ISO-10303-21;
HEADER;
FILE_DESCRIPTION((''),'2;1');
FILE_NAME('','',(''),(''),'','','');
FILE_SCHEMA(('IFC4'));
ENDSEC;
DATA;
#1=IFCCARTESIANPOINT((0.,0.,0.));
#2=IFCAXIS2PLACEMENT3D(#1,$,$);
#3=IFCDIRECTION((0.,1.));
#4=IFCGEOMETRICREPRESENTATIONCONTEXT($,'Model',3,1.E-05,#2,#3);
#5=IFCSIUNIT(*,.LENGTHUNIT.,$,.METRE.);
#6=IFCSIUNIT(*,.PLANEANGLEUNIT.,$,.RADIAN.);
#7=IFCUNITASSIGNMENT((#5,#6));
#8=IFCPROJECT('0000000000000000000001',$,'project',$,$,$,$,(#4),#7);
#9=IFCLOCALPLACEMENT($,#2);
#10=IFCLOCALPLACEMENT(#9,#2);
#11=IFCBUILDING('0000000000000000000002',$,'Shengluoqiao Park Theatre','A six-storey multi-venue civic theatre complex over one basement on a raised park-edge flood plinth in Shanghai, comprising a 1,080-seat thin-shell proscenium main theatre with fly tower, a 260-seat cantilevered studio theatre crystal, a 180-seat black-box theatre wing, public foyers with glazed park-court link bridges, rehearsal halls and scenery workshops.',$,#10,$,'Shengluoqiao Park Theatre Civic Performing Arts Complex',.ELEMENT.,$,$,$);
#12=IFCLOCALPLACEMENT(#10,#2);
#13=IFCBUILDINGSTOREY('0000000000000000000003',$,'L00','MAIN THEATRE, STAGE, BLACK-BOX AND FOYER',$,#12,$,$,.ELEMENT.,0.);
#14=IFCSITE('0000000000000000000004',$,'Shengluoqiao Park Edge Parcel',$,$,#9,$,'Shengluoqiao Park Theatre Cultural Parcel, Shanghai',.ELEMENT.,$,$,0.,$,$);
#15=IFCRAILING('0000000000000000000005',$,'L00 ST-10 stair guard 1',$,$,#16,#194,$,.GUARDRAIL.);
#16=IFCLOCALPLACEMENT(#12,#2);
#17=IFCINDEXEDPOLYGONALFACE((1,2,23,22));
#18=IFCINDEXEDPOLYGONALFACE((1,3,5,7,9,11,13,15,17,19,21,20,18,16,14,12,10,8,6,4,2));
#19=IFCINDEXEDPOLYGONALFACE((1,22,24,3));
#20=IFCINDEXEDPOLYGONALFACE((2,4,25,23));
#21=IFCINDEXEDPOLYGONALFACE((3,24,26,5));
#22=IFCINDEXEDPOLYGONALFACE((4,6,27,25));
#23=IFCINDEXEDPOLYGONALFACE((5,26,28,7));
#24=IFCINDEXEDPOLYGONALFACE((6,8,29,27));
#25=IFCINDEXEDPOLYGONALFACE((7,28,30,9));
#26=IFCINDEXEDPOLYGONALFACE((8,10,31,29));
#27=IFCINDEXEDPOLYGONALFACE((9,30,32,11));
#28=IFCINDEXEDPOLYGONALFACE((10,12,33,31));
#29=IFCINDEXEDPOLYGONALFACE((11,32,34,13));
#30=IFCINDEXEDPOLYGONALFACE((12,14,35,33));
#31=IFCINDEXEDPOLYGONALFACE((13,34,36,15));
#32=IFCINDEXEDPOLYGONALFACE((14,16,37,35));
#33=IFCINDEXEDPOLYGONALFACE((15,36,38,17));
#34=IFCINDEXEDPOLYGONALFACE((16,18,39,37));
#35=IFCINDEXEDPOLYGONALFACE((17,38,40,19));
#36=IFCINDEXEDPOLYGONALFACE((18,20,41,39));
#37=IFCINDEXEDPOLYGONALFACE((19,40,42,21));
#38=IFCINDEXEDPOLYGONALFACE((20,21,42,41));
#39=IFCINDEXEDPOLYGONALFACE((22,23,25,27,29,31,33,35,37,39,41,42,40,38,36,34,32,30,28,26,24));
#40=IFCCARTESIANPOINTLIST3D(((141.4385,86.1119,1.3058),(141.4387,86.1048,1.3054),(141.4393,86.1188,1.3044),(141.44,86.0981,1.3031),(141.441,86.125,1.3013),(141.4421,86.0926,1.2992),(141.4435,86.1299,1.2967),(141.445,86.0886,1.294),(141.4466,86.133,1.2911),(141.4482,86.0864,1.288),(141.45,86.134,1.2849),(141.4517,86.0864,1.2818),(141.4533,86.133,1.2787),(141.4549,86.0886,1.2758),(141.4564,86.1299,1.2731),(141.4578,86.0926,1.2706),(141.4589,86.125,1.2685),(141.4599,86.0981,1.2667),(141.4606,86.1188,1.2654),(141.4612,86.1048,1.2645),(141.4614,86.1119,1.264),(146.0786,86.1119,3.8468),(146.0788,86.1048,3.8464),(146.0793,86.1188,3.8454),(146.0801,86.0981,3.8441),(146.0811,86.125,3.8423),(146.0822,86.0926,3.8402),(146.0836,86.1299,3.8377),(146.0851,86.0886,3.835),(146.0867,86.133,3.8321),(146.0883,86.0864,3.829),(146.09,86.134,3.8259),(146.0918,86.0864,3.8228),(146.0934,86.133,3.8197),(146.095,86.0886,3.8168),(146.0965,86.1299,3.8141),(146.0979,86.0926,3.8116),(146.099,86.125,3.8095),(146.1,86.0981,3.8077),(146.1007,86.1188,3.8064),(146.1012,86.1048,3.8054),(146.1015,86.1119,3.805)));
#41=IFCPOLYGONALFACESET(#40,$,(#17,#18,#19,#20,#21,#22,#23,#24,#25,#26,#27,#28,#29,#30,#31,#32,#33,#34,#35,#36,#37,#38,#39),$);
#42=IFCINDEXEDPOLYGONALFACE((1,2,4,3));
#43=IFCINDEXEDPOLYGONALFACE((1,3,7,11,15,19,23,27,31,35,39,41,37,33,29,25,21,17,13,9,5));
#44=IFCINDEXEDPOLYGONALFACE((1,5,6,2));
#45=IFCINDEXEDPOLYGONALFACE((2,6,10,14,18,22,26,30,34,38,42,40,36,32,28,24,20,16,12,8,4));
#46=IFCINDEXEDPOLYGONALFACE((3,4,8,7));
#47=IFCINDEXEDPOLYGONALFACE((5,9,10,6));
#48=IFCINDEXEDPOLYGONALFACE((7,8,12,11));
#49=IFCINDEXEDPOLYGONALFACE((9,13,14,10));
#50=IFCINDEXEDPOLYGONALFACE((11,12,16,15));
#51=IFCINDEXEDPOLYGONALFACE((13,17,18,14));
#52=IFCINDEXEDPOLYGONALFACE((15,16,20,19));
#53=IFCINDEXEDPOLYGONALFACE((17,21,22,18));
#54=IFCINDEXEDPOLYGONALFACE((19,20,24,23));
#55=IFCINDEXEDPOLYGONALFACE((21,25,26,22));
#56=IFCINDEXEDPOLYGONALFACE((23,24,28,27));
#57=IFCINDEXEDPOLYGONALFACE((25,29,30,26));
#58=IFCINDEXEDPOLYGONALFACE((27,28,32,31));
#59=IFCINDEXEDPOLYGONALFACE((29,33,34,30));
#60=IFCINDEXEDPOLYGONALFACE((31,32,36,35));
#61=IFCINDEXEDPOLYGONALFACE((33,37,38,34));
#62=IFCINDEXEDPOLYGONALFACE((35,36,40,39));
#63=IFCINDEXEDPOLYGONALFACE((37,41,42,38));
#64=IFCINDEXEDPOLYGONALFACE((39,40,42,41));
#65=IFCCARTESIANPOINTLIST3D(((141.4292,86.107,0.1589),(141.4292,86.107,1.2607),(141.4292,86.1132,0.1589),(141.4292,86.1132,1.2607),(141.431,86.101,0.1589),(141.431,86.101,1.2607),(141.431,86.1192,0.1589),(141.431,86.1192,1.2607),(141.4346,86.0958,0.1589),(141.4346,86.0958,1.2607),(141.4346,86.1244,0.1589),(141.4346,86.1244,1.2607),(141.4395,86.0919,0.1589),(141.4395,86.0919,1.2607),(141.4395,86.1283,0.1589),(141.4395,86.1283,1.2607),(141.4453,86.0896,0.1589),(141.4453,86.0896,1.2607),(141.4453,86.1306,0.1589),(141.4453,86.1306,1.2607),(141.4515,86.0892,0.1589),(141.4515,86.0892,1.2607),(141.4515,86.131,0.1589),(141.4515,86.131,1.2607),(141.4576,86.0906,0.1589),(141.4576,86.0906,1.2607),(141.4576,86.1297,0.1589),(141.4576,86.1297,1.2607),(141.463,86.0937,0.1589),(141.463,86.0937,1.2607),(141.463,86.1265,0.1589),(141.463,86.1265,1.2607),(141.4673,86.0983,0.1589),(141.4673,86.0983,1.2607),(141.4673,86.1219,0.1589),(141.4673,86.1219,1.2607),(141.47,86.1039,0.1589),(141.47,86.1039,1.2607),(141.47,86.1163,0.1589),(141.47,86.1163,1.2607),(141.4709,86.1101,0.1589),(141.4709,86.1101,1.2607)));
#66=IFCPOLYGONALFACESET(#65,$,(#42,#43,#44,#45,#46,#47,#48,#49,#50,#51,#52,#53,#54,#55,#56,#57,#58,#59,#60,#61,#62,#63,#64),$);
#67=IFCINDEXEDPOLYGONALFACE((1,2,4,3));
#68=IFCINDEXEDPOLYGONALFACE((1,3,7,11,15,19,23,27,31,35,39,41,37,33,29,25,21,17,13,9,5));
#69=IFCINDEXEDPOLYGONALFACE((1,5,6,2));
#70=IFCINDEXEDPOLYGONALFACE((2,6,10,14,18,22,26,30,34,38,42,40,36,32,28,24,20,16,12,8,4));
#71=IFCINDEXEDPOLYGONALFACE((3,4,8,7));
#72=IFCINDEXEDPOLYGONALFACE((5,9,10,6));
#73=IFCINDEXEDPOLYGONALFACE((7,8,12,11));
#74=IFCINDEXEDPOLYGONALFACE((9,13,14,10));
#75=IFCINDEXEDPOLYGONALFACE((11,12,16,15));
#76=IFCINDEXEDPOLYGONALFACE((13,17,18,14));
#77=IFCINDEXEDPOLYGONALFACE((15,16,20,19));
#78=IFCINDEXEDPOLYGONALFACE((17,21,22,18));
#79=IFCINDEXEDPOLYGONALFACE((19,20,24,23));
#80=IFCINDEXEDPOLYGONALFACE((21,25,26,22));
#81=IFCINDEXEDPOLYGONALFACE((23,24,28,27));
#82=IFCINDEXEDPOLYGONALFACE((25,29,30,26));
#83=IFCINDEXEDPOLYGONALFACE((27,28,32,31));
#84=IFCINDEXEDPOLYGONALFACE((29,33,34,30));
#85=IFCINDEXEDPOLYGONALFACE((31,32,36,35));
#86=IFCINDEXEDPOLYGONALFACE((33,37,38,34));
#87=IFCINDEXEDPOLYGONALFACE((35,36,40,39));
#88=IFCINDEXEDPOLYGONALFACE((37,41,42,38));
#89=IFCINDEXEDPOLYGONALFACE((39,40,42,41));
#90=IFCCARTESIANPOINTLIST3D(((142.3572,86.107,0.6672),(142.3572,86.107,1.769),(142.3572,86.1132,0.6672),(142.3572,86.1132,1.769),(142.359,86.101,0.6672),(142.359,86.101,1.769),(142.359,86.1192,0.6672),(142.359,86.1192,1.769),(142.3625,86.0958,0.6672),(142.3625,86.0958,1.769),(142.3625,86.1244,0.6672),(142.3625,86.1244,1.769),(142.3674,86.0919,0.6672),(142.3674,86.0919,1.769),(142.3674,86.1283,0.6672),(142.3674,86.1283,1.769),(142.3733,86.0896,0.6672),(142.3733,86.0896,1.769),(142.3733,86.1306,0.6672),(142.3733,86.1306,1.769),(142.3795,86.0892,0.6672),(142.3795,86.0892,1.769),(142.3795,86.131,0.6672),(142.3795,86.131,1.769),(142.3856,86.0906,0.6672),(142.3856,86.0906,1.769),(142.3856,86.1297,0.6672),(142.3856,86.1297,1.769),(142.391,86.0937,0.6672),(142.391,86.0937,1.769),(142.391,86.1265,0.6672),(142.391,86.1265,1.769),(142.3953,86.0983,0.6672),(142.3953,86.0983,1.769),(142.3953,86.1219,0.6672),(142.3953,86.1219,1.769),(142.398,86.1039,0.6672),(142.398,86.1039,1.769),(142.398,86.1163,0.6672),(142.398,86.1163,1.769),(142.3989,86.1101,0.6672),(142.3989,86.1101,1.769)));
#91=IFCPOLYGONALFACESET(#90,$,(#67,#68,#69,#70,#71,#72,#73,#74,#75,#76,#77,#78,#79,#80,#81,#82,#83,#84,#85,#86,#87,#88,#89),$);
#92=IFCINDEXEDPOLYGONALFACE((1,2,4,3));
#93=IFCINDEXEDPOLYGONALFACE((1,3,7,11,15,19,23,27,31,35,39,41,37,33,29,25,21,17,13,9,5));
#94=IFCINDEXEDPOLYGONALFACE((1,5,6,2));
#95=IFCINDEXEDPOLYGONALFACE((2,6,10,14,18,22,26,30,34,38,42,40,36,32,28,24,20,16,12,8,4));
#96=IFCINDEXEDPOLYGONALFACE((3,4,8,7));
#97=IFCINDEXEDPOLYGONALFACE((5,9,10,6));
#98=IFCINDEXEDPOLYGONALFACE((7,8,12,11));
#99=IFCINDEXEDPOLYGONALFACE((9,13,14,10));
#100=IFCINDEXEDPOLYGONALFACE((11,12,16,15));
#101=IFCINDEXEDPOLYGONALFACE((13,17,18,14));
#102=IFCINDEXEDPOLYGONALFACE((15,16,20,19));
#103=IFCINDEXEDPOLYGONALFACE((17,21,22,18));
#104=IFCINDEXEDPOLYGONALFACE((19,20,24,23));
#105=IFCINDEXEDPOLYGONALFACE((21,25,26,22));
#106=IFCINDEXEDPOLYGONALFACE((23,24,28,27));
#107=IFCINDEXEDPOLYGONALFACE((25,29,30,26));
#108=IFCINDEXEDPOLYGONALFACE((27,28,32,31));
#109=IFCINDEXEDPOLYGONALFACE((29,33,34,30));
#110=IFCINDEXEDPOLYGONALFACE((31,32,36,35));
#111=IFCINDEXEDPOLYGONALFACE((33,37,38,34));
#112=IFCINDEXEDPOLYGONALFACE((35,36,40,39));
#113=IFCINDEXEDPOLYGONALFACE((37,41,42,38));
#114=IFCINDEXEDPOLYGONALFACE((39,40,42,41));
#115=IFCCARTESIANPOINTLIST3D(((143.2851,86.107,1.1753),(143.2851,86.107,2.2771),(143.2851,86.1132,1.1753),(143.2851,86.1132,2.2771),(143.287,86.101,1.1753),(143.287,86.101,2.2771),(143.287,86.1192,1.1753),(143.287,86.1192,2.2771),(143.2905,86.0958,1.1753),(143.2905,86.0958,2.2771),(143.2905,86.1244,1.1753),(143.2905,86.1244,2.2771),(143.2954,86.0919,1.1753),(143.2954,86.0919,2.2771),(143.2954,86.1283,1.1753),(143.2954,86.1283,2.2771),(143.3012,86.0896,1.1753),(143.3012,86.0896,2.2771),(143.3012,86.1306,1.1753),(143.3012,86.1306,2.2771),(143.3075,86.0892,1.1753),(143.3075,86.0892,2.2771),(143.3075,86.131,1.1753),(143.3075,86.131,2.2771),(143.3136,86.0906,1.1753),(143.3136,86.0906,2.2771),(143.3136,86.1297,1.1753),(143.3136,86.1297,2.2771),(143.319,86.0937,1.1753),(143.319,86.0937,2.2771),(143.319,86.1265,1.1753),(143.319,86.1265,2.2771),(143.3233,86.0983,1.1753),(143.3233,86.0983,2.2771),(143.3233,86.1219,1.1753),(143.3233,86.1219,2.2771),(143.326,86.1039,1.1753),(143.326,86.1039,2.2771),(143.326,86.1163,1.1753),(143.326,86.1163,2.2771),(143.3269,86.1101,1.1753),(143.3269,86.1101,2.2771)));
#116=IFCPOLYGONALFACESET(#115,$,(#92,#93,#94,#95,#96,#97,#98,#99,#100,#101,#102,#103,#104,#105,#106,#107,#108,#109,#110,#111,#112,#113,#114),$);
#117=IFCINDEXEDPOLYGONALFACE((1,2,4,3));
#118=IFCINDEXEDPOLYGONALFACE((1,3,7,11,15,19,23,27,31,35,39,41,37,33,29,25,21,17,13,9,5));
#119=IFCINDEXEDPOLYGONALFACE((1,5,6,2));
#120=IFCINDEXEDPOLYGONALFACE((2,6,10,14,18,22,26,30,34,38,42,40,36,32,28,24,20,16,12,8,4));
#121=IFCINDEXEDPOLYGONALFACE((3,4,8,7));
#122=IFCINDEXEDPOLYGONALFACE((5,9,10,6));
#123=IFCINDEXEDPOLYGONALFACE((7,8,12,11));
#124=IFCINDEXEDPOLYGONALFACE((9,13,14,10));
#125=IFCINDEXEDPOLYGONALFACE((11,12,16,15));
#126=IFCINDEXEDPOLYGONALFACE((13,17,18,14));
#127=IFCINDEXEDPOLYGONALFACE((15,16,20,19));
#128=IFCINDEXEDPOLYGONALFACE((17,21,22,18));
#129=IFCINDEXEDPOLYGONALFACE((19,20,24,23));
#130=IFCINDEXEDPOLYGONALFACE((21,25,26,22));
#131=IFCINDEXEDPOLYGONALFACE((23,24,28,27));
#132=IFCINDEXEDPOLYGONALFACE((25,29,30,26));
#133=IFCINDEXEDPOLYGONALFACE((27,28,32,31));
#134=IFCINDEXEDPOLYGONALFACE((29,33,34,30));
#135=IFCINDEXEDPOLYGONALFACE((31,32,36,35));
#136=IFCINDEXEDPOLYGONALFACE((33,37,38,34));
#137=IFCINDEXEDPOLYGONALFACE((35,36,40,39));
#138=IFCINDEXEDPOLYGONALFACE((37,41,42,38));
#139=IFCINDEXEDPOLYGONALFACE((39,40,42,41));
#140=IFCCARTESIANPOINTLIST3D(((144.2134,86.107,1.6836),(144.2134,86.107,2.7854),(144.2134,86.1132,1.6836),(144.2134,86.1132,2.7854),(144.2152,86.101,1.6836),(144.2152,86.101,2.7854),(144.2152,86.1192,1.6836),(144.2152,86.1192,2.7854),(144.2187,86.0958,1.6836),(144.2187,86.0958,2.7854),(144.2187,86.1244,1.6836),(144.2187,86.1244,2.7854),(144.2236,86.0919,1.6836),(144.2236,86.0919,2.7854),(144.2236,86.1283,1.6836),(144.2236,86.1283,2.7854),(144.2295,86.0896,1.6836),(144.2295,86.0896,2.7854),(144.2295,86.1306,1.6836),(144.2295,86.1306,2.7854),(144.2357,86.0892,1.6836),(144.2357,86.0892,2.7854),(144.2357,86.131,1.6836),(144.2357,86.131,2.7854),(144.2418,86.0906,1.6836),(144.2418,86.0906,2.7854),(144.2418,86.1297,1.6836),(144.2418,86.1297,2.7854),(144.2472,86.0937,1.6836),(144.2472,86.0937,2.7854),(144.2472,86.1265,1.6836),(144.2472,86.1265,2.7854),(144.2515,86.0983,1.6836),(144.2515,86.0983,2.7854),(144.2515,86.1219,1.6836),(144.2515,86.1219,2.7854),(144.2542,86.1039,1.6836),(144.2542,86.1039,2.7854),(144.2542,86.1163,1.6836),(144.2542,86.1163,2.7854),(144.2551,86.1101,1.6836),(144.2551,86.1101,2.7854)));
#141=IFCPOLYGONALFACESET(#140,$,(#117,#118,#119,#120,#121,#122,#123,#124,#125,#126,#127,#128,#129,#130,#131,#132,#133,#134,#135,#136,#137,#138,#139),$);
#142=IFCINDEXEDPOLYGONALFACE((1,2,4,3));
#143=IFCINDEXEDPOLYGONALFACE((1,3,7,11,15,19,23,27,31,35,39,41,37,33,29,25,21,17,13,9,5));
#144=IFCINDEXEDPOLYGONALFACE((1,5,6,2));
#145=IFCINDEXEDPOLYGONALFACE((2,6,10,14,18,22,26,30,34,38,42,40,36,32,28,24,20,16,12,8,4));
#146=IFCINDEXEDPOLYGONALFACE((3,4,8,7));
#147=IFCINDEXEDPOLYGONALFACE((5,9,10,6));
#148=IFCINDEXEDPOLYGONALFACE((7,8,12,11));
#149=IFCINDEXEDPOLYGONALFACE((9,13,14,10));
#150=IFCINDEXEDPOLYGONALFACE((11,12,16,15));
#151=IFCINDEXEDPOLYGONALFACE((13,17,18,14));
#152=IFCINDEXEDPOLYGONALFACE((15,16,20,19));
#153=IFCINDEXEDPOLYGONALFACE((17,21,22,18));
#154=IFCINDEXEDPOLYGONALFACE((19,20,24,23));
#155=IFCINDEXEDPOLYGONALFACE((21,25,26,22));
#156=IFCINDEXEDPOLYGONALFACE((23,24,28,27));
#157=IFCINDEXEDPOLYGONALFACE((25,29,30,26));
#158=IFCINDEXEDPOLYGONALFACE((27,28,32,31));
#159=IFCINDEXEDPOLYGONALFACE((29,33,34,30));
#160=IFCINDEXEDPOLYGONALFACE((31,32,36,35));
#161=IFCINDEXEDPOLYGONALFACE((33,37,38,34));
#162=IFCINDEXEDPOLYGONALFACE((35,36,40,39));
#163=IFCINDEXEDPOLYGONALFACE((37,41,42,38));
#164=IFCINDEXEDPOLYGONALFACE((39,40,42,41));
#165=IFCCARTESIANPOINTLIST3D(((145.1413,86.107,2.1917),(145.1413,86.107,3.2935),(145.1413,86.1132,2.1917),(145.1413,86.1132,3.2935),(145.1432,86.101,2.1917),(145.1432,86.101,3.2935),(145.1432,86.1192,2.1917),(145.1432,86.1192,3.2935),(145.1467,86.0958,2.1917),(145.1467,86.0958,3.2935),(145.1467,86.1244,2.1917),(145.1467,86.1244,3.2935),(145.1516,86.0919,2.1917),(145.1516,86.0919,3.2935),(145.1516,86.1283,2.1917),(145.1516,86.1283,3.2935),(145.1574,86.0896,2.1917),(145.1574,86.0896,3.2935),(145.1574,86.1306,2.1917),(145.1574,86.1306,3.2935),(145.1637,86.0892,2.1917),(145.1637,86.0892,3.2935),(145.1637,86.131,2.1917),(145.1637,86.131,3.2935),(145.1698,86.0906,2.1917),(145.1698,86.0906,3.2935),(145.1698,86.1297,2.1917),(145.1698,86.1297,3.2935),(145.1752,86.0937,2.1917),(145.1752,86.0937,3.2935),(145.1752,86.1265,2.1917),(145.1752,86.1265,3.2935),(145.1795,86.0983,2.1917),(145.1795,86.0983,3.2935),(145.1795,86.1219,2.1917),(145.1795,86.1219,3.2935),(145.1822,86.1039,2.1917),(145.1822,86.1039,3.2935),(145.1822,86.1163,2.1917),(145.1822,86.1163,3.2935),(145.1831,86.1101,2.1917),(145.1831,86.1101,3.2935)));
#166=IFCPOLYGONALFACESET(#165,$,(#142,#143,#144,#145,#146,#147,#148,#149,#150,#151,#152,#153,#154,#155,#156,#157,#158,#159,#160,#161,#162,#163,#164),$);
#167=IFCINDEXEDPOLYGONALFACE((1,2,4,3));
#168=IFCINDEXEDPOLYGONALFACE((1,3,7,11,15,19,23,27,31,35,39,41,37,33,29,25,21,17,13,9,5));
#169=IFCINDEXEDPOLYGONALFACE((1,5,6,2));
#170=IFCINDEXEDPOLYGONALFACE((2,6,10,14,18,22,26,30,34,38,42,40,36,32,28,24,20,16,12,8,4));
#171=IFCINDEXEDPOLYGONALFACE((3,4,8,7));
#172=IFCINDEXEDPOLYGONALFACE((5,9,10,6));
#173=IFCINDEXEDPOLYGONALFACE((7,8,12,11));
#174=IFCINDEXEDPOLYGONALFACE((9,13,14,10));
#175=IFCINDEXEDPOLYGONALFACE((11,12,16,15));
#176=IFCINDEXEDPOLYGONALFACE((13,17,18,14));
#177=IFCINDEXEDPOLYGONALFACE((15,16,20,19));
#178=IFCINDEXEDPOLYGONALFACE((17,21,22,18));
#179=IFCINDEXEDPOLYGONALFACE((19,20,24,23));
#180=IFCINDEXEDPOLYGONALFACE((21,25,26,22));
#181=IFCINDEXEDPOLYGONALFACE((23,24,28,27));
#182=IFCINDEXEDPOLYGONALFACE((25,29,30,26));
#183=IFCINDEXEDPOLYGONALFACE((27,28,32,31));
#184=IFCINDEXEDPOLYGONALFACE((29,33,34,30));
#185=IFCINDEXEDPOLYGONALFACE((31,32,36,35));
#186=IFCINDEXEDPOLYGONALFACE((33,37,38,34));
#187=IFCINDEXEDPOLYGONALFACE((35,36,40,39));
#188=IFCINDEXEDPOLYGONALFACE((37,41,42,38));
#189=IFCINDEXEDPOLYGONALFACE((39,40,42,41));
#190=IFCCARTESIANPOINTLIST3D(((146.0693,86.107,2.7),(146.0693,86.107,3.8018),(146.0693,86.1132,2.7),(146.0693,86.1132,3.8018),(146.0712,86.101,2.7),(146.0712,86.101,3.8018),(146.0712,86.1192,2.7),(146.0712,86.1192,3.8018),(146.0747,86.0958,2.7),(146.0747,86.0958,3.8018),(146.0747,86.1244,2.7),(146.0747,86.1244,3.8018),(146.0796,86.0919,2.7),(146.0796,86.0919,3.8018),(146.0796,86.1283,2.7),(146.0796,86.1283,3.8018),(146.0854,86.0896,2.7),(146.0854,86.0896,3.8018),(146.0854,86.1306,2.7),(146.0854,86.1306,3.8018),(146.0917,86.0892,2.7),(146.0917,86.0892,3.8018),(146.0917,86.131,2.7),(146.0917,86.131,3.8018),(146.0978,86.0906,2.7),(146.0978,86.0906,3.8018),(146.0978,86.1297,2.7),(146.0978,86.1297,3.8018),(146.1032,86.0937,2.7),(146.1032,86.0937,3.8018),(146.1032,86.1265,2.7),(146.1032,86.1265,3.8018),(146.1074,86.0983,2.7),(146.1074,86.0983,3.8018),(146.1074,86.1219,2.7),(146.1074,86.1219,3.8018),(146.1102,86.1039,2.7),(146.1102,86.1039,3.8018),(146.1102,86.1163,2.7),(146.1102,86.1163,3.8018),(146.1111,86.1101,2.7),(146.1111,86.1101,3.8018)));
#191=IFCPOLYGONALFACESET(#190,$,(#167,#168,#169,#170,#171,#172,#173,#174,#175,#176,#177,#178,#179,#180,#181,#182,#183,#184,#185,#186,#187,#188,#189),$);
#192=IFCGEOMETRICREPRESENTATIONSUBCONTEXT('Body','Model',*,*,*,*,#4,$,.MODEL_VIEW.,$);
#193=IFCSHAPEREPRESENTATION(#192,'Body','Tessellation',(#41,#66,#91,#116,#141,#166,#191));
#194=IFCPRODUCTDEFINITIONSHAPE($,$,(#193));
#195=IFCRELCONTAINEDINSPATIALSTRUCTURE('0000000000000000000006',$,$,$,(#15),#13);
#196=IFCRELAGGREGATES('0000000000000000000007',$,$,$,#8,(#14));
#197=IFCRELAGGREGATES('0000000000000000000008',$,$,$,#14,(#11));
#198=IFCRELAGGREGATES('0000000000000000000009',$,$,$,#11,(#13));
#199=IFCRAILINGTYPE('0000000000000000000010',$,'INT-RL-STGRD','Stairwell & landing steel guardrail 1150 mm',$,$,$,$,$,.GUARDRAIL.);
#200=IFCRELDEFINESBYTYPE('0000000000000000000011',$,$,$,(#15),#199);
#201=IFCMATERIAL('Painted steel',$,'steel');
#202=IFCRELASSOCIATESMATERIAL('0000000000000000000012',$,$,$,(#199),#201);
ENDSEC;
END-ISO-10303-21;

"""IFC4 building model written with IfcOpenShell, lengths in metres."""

from ifc_helpers import new_model, si_unit, direction, frame, origin, origin_2d, place, context, subcontext, project, spatial, circle, extrude, material, type_object, element, save


model = new_model("IFC4")

# Units and contexts
model_context = context("Model", 3, precision=1e-05, world=origin(), true_north=direction((0.0, 1.0)))
body_context = subcontext(model_context, "Body", "Model", "MODEL_VIEW")
ifc_project = project(units=[si_unit("LENGTHUNIT", "METRE"), si_unit("PLANEANGLEUNIT", "RADIAN")], contexts=[model_context])

# Site, building, storey
site_placement = place(None, origin())
site = spatial("IfcSite", under=ifc_project, at=site_placement, Name="Shengluoqiao Park Edge Parcel", LongName="Shengluoqiao Park Theatre Cultural Parcel, Shanghai", CompositionType="ELEMENT", RefElevation=0.0)
building_placement = place(site_placement, origin())
building = spatial("IfcBuilding", under=site, at=building_placement, Name="Shengluoqiao Park Theatre", Description="A six-storey multi-venue civic theatre complex over one basement on a raised park-edge flood plinth in Shanghai, comprising a 1,080-seat thin-shell proscenium main theatre with fly tower, a 260-seat cantilevered studio theatre crystal, a 180-seat black-box theatre wing, public foyers with glazed park-court link bridges, rehearsal halls and scenery workshops.", LongName="Shengluoqiao Park Theatre Civic Performing Arts Complex", CompositionType="ELEMENT")
storey_placement = place(building_placement, origin())
storey = spatial("IfcBuildingStorey", under=building, at=storey_placement, Name="L00", Description="MAIN THEATRE, STAGE, BLACK-BOX AND FOYER", CompositionType="ELEMENT", Elevation=0.0)

# Railing
ifc_material_1 = material(Name="Painted steel", Category="steel")
railing_type_1 = type_object("IfcRailingType", Name="INT-RL-STGRD", Description="Stairwell & landing steel guardrail 1150 mm", PredefinedType="GUARDRAIL", material=ifc_material_1)
railing_1_placement = place(storey_placement, frame((141.45, 86.1101, 0.1589)))
element("IfcRailing", 1, at=railing_1_placement, inside=storey, type_object=railing_type_1, Name="L00 ST-10 stair guard 1", PredefinedType="GUARDRAIL", context=body_context, shape_type="SweptSolid", body=[
    extrude(circle(Radius=0.0239, at=origin_2d()), frame((0.0, 0.0, 1.126), z_axis=(0.877097, 0.0, 0.480313), x_axis=(0.0, 1.0, 0.0)), (0.0, 0.0, 1.0), 5.2903),
    extrude(circle(Radius=0.021, at=origin_2d()), origin(), (0.0, 0.0, 1.0), 1.1018),
    extrude(circle(Radius=0.021, at=origin_2d()), frame((0.928, 0.0, 0.5083)), (0.0, 0.0, 1.0), 1.1018),
    extrude(circle(Radius=0.021, at=origin_2d()), frame((1.856, 0.0, 1.0164)), (0.0, 0.0, 1.0), 1.1018),
    extrude(circle(Radius=0.021, at=origin_2d()), frame((2.7842, 0.0, 1.5247)), (0.0, 0.0, 1.0), 1.1018),
    extrude(circle(Radius=0.021, at=origin_2d()), frame((3.7122, 0.0, 2.0327)), (0.0, 0.0, 1.0), 1.1018),
    extrude(circle(Radius=0.021, at=origin_2d()), frame((4.6401, 0.0, 2.541)), (0.0, 0.0, 1.0), 1.1018),
])

save(model, "model.ifc")
